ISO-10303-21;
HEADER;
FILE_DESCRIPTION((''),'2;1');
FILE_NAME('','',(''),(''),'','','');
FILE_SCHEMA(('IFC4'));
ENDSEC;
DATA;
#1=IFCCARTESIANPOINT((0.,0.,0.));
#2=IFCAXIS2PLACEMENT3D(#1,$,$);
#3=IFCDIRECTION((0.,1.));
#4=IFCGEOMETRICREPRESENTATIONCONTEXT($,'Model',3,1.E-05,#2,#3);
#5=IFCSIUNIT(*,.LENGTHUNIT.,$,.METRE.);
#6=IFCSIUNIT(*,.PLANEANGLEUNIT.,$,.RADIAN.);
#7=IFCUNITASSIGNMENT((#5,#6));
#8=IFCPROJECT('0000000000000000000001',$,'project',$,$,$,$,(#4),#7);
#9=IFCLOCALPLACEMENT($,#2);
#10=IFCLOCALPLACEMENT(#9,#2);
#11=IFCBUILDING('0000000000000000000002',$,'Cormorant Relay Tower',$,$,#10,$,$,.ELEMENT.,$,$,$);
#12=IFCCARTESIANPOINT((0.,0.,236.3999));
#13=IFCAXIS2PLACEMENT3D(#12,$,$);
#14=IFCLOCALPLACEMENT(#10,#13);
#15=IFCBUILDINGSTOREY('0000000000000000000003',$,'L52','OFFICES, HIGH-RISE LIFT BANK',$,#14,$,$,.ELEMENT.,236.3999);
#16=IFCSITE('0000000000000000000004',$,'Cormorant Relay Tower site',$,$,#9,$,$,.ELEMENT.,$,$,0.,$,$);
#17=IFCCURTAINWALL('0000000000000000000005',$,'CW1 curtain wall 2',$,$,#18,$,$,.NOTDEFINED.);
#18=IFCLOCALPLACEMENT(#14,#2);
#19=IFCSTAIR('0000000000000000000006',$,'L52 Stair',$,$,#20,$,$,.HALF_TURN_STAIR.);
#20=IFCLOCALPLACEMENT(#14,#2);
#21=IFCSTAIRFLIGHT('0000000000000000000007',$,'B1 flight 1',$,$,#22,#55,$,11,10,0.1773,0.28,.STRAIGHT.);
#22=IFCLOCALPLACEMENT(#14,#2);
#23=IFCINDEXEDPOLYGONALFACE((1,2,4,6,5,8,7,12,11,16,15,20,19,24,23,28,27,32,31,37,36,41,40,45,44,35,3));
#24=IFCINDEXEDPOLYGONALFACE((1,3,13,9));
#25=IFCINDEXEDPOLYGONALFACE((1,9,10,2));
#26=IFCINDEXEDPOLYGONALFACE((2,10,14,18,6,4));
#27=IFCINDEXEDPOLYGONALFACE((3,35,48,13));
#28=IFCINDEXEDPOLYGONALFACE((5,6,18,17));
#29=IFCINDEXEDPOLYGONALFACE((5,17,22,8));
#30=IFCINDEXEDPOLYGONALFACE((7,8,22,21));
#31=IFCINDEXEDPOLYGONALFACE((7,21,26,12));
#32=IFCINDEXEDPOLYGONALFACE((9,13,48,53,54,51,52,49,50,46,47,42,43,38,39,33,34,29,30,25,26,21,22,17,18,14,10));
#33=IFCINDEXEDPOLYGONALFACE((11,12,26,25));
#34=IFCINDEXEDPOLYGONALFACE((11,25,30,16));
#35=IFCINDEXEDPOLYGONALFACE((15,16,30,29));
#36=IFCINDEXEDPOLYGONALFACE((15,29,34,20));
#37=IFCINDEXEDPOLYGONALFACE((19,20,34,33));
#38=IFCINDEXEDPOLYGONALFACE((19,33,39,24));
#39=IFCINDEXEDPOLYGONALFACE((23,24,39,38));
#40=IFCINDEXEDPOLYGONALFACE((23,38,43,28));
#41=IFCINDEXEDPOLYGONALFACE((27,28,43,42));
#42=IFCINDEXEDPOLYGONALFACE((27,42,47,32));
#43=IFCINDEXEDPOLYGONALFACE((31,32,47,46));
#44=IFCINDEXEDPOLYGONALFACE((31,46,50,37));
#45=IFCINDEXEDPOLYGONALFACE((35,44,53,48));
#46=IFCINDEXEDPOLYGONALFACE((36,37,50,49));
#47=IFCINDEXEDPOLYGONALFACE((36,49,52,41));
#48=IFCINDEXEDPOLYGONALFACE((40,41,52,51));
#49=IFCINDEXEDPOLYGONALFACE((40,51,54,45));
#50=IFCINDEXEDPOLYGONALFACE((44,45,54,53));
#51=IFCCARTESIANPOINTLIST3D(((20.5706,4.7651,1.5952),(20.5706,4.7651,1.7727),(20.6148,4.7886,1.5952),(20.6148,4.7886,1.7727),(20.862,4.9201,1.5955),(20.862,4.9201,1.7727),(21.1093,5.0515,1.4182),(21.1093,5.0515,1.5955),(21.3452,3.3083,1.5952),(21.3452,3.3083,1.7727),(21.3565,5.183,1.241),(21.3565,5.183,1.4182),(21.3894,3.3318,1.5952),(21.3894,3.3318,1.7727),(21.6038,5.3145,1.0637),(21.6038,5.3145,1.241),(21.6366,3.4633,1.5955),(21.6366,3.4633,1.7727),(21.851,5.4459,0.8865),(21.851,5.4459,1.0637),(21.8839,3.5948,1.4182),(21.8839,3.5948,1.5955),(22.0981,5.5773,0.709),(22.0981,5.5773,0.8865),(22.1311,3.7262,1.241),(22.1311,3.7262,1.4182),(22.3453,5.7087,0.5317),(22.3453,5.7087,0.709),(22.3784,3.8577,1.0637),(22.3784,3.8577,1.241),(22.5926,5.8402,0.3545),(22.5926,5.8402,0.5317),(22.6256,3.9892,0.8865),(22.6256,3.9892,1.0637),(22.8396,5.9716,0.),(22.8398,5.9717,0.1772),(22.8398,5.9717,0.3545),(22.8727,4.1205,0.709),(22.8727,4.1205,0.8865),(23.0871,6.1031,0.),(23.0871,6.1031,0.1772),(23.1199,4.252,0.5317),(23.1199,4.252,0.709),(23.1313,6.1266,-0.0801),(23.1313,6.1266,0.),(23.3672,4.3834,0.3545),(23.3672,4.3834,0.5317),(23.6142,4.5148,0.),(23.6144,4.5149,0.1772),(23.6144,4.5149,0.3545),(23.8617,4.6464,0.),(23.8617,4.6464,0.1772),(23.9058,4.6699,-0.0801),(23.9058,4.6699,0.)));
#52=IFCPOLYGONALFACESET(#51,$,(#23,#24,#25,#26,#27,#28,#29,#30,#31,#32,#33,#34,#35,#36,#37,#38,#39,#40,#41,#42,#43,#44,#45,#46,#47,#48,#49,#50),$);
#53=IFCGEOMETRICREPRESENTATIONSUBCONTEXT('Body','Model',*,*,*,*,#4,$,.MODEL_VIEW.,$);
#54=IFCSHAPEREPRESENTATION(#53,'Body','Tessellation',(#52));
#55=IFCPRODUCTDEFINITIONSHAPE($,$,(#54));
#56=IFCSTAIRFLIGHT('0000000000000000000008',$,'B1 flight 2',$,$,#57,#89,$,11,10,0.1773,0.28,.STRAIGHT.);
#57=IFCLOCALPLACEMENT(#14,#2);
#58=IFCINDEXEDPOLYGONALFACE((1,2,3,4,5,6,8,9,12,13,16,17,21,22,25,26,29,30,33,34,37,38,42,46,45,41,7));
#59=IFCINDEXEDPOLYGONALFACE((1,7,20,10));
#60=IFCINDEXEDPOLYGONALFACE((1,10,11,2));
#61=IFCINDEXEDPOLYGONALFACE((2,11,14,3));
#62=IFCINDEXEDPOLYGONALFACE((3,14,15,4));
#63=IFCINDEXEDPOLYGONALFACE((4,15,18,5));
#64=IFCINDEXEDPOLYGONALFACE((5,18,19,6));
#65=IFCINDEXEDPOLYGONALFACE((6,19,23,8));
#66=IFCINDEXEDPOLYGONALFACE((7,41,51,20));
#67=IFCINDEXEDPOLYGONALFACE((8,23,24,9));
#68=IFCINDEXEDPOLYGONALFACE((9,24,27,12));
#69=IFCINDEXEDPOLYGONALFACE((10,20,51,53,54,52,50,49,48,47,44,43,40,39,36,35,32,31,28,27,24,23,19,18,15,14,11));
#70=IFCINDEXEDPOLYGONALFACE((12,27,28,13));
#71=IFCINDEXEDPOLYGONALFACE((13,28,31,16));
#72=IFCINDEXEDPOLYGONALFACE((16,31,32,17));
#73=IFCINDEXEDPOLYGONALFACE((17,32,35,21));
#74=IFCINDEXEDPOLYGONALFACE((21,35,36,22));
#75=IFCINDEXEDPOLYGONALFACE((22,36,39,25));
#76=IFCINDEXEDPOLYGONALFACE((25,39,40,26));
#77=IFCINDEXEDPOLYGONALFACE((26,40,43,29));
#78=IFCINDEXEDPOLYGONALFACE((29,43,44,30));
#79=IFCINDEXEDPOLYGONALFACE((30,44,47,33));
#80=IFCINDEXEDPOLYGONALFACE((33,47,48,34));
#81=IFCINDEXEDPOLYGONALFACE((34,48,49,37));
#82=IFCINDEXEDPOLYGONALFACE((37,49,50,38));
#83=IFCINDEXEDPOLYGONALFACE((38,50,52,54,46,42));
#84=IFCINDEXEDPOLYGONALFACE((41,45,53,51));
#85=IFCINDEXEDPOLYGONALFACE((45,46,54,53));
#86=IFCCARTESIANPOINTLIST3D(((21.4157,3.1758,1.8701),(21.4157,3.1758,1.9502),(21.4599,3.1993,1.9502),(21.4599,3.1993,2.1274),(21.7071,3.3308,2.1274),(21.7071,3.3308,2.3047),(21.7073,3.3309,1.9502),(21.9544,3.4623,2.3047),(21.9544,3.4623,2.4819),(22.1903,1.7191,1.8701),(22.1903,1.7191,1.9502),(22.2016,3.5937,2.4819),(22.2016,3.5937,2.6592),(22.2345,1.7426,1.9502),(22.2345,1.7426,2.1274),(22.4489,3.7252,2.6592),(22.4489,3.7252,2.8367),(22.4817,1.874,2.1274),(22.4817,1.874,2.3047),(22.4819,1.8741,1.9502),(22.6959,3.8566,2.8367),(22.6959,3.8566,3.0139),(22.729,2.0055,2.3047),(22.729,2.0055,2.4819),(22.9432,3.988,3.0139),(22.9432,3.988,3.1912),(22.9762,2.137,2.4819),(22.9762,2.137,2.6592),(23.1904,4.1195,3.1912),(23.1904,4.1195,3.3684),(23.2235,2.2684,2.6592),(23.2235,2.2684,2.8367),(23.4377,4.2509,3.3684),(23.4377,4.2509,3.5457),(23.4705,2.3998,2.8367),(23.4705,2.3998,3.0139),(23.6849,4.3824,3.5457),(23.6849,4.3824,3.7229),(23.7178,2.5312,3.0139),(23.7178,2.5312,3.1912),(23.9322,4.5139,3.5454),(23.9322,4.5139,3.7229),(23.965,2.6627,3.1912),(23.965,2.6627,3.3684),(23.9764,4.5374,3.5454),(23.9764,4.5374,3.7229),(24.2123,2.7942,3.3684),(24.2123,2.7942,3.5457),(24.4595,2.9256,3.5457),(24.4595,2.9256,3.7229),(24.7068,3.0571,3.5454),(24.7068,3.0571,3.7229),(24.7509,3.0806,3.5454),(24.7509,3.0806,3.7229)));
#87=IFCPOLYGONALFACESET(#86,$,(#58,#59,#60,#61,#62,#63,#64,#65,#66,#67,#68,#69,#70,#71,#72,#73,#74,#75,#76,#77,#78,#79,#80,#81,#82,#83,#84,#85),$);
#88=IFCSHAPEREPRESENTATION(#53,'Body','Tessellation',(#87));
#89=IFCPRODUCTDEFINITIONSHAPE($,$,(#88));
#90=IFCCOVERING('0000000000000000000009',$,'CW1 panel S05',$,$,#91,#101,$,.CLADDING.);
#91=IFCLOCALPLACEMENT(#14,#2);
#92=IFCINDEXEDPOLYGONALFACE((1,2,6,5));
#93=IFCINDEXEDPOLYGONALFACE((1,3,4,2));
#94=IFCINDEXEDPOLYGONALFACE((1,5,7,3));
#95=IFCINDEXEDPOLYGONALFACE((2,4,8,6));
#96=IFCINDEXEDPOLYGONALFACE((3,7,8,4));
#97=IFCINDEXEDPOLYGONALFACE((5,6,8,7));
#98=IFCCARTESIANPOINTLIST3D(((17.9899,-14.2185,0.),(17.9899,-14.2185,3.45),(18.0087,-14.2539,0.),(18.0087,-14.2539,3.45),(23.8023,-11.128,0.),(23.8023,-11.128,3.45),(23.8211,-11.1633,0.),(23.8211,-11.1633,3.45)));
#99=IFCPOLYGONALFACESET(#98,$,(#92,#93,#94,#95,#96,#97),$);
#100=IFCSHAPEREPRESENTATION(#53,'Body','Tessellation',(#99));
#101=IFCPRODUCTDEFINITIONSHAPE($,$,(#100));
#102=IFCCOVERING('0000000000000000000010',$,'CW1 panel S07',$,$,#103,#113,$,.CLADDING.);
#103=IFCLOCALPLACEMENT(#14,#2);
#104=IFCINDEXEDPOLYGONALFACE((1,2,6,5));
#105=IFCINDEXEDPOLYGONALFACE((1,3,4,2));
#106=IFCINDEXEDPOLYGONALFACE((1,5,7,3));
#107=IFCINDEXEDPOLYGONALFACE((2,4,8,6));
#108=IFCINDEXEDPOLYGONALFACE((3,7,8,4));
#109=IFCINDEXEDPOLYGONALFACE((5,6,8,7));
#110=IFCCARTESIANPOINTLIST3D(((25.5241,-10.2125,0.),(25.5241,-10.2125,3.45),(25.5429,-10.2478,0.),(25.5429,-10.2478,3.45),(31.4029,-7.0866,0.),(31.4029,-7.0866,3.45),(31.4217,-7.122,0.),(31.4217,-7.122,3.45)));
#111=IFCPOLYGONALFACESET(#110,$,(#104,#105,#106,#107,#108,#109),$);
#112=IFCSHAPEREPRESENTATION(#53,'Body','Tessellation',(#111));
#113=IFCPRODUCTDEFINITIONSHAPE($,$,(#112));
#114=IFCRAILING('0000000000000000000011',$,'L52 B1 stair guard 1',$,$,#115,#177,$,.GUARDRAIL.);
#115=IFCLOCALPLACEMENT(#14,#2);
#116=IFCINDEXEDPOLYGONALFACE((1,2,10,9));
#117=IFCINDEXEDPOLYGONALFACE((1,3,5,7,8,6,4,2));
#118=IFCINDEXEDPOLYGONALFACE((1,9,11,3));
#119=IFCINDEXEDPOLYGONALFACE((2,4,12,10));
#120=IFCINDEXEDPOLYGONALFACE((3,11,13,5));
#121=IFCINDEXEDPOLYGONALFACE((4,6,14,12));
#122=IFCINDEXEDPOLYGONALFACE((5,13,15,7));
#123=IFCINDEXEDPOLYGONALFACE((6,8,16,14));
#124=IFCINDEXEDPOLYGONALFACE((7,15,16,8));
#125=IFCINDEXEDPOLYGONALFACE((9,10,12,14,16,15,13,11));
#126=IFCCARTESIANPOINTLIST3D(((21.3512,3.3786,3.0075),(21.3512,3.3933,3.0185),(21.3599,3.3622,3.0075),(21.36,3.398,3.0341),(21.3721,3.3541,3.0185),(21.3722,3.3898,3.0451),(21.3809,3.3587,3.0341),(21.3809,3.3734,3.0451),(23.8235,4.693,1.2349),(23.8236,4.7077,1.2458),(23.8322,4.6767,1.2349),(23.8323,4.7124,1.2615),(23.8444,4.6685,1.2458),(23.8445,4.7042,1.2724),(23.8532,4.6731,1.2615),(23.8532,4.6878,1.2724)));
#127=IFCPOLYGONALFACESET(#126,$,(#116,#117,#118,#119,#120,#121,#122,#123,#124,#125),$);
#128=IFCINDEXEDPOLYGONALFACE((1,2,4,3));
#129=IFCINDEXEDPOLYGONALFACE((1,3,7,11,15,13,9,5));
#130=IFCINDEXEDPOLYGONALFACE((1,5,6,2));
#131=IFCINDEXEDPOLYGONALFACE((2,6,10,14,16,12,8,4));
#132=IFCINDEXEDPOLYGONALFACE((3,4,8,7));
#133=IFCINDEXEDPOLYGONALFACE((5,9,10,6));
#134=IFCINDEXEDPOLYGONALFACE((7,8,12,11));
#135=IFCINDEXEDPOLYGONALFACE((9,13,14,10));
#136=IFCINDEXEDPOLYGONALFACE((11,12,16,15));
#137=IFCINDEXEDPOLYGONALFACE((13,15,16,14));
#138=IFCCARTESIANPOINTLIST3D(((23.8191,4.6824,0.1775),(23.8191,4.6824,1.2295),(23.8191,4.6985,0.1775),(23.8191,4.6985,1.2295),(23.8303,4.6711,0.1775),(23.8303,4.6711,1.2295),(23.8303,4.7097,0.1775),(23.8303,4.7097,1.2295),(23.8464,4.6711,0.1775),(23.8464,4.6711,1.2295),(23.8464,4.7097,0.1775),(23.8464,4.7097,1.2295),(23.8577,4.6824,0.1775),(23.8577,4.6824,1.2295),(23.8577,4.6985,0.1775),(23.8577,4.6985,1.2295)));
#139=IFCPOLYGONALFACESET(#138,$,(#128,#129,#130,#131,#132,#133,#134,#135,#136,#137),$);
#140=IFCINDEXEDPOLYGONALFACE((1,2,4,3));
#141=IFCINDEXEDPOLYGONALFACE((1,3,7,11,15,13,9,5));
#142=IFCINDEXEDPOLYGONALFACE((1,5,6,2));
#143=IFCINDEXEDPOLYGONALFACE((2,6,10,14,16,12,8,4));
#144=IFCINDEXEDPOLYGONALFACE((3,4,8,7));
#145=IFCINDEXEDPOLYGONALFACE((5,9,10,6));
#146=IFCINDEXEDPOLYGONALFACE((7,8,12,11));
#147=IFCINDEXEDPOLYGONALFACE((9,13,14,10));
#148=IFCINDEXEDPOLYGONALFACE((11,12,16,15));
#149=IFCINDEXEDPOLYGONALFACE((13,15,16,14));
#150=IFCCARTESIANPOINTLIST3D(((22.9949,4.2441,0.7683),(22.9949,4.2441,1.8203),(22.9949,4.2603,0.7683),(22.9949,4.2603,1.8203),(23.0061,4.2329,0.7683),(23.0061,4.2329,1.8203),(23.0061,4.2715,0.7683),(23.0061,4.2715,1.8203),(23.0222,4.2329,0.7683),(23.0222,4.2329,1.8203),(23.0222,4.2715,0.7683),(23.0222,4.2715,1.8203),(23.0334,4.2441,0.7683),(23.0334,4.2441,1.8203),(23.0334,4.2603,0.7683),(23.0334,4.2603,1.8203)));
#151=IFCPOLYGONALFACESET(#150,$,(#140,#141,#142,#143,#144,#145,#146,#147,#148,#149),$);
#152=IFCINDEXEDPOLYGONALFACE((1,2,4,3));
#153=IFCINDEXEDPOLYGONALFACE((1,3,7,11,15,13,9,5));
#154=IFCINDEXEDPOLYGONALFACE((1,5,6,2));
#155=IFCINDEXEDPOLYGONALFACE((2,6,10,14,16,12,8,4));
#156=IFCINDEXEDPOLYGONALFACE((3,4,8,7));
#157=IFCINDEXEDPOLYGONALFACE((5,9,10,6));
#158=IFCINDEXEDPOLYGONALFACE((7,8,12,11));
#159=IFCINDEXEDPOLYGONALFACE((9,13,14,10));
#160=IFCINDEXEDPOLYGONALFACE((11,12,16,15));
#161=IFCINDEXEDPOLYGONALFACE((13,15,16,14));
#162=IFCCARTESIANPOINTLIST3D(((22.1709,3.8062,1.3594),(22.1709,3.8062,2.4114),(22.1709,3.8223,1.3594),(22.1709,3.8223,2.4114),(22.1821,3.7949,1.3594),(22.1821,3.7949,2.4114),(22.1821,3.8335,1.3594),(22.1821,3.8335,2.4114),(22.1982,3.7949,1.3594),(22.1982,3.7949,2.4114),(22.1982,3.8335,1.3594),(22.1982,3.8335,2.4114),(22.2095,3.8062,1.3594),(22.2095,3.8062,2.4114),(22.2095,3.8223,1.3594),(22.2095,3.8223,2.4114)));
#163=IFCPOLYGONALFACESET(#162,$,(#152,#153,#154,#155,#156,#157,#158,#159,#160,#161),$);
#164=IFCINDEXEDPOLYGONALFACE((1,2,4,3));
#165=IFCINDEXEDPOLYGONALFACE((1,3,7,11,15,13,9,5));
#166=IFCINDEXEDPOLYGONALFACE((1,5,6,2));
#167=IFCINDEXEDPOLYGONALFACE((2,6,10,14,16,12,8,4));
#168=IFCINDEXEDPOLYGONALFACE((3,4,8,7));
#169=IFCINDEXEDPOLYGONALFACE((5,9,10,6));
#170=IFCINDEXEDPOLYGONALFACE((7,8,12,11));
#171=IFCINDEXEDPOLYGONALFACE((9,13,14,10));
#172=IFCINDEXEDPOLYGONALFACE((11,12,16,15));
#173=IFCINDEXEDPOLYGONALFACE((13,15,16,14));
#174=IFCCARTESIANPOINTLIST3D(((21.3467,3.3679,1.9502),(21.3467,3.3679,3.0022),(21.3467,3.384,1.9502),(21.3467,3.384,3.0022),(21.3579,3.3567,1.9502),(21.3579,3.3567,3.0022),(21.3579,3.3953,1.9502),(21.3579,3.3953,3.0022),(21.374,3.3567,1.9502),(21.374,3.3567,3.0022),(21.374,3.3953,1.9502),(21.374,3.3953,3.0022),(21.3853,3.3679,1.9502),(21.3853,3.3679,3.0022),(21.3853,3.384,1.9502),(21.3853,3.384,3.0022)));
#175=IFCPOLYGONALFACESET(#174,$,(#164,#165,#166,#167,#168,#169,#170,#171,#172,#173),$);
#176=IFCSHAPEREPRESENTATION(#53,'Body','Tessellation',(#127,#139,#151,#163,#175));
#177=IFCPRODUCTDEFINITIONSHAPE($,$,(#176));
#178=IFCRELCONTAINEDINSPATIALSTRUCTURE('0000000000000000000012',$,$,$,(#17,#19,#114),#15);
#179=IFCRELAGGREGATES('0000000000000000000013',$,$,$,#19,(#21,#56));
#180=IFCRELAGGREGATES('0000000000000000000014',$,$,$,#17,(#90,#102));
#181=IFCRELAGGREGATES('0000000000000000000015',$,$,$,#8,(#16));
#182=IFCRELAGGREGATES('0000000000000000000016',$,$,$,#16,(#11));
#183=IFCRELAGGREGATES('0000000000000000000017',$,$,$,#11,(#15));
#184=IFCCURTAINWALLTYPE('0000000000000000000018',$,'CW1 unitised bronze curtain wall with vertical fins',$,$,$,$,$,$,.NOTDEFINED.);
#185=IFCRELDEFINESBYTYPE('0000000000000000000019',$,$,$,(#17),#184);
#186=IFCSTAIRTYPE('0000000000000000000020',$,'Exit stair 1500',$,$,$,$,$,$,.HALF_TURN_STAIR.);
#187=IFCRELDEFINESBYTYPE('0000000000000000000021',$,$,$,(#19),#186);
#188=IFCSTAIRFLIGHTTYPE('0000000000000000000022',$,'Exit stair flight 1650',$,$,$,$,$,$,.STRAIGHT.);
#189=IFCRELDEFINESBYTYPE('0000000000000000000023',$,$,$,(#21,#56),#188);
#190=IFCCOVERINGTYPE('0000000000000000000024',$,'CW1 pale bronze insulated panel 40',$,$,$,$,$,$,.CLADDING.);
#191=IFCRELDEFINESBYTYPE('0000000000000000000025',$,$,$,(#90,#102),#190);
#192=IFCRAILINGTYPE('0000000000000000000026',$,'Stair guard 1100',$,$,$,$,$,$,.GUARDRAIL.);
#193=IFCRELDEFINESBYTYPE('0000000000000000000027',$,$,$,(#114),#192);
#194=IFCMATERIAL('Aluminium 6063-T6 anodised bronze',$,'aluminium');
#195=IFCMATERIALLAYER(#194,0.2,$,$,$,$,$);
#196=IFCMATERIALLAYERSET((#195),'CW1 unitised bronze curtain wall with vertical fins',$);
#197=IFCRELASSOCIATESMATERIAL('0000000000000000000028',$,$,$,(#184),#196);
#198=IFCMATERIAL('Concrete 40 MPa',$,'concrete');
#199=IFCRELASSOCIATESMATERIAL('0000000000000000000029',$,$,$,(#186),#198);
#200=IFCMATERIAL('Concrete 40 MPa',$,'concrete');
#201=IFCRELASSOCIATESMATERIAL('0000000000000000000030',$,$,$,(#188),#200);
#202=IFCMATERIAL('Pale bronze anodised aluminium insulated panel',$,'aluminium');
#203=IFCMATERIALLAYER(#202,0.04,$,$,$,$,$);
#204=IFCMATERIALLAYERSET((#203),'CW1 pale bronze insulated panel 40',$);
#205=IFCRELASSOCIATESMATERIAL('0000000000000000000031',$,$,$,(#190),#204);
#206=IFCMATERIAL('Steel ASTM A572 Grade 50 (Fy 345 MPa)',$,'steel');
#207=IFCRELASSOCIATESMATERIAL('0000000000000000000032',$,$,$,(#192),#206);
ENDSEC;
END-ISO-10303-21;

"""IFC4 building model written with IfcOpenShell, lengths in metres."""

from ifc_helpers import new_model, si_unit, direction, frame, origin, origin_2d, place, context, subcontext, project, spatial, polyline, rectangle, outline, extrude, material, layer, layer_set, type_object, element, aggregate, save


model = new_model("IFC4")

# Units and contexts
model_context = context("Model", 3, precision=1e-05, world=origin(), true_north=direction((0.0, 1.0)))
body_context = subcontext(model_context, "Body", "Model", "MODEL_VIEW")
ifc_project = project(units=[si_unit("LENGTHUNIT", "METRE"), si_unit("PLANEANGLEUNIT", "RADIAN")], contexts=[model_context])

# Site, building, storey
site_placement = place(None, origin())
site = spatial("IfcSite", under=ifc_project, at=site_placement, Name="Cormorant Relay Tower site", CompositionType="ELEMENT", RefElevation=0.0)
building_placement = place(site_placement, origin())
building = spatial("IfcBuilding", under=site, at=building_placement, Name="Cormorant Relay Tower", CompositionType="ELEMENT")
storey_placement = place(building_placement, frame((0.0, 0.0, 236.3999)))
storey = spatial("IfcBuildingStorey", under=building, at=storey_placement, Name="L52", Description="OFFICES, HIGH-RISE LIFT BANK", CompositionType="ELEMENT", Elevation=236.3999)

# Curtain wall
ifc_material_1 = material(Name="Aluminium 6063-T6 anodised bronze", Category="aluminium")
ifc_layer_1 = layer(ifc_material_1, 0.2)
ifc_layer_set_1 = layer_set([ifc_layer_1], Name="CW1 unitised bronze curtain wall with vertical fins")
curtain_wall_type = type_object("IfcCurtainWallType", Name="CW1 unitised bronze curtain wall with vertical fins", PredefinedType="NOTDEFINED", material=ifc_layer_set_1)
curtain_wall_placement = place(storey_placement, origin())
curtain_wall = element("IfcCurtainWall", 1, at=curtain_wall_placement, inside=storey, type_object=curtain_wall_type, Name="CW1 curtain wall 2", PredefinedType="NOTDEFINED")

# Stair, stair flights
ifc_material_2 = material(Name="Concrete 40 MPa", Category="concrete")
stair_type = type_object("IfcStairType", Name="Exit stair 1500", PredefinedType="HALF_TURN_STAIR", material=ifc_material_2)
stair_placement = place(storey_placement, origin())
stair = element("IfcStair", 2, at=stair_placement, inside=storey, type_object=stair_type, Name="L52 Stair", PredefinedType="HALF_TURN_STAIR")
ifc_material_3 = material(Name="Concrete 40 MPa", Category="concrete")
stair_flight_type = type_object("IfcStairFlightType", Name="Exit stair flight 1650", PredefinedType="STRAIGHT", material=ifc_material_3)
stair_flight_1_placement = place(storey_placement, frame((23.4744, 5.3748, 0.0), z_axis=(0.0, 0.0, 1.0), x_axis=(-0.882948, -0.469472, 0.0)))
stair_flight_1 = element("IfcStairFlight", 3, at=stair_flight_1_placement, type_object=stair_flight_type, Name="B1 flight 1", NumberOfRisers=11, NumberOfTreads=10, PredefinedType="STRAIGHT", RiserHeight=0.1773, TreadLength=0.28, context=body_context, shape_type="SweptSolid", body=[
    extrude(outline(polyline([(-0.05, -0.0801), (-0.05, 0.0), (0.0, 0.0), (0.0, 0.1772), (0.28, 0.1772), (0.28, 0.3545), (0.5601, 0.3545), (0.5601, 0.5317), (0.8401, 0.5317), (0.8401, 0.709), (1.1201, 0.709), (1.1201, 0.8865), (1.3999, 0.8865), (1.3999, 1.0637), (1.6799, 1.0637), (1.6799, 1.241), (1.96, 1.241), (1.96, 1.4182), (2.24, 1.4182), (2.24, 1.5955), (2.52, 1.5955), (2.52, 1.7727), (2.8, 1.7727), (2.8501, 1.7727), (2.8501, 1.5952), (2.8, 1.5952), (0.2803, 0.0), (-0.05, -0.0801)])), frame((0.0, 0.825, 0.0), z_axis=(0.0, -1.0, 0.0), x_axis=(1.0, 0.0, 0.0)), (0.0, 0.0, 1.0), 1.6499),
])
stair_flight_2_placement = place(storey_placement, frame((21.8472, 2.4709, 1.9502), z_axis=(0.0, 0.0, 1.0), x_axis=(0.882948, 0.469472, 0.0)))
stair_flight_2 = element("IfcStairFlight", 4, at=stair_flight_2_placement, type_object=stair_flight_type, Name="B1 flight 2", NumberOfRisers=11, NumberOfTreads=10, PredefinedType="STRAIGHT", RiserHeight=0.1773, TreadLength=0.28, context=body_context, shape_type="SweptSolid", body=[
    extrude(outline(polyline([(-0.05, -0.0801), (-0.05, 0.0), (0.0, 0.0), (0.0, 0.1772), (0.28, 0.1772), (0.28, 0.3545), (0.5601, 0.3545), (0.5601, 0.5317), (0.8401, 0.5317), (0.8401, 0.709), (1.1201, 0.709), (1.1201, 0.8865), (1.3999, 0.8865), (1.3999, 1.0637), (1.6799, 1.0637), (1.6799, 1.241), (1.96, 1.241), (1.96, 1.4182), (2.24, 1.4182), (2.24, 1.5955), (2.52, 1.5955), (2.52, 1.7727), (2.8, 1.7727), (2.8501, 1.7727), (2.8501, 1.5952), (2.8, 1.5952), (0.2803, 0.0), (-0.05, -0.0801)])), frame((0.0, 0.825, 0.0), z_axis=(0.0, -1.0, 0.0), x_axis=(1.0, 0.0, 0.0)), (0.0, 0.0, 1.0), 1.6499),
])
aggregate(stair, [stair_flight_1, stair_flight_2])

# Coverings
ifc_material_4 = material(Name="Pale bronze anodised aluminium insulated panel", Category="aluminium")
ifc_layer_2 = layer(ifc_material_4, 0.04)
ifc_layer_set_2 = layer_set([ifc_layer_2], Name="CW1 pale bronze insulated panel 40")
covering_type = type_object("IfcCoveringType", Name="CW1 pale bronze insulated panel 40", PredefinedType="CLADDING", material=ifc_layer_set_2)
covering_1_placement = place(storey_placement, frame((20.9055, -12.6909, 0.0), z_axis=(0.0, 0.0, 1.0), x_axis=(0.882948, 0.469472, 0.0)))
covering_1 = element("IfcCovering", 5, at=covering_1_placement, type_object=covering_type, Name="CW1 panel S05", PredefinedType="CLADDING", context=body_context, shape_type="SweptSolid", body=[
    extrude(rectangle(XDim=6.583, YDim=0.04, at=origin_2d()), origin(), (0.0, 0.0, 1.0), 3.45),
])
covering_2_placement = place(storey_placement, frame((28.4729, -8.6672, 0.0), z_axis=(0.0, 0.0, 1.0), x_axis=(0.882948, 0.469472, 0.0)))
covering_2 = element("IfcCovering", 6, at=covering_2_placement, type_object=covering_type, Name="CW1 panel S07", PredefinedType="CLADDING", context=body_context, shape_type="SweptSolid", body=[
    extrude(rectangle(XDim=6.6582, YDim=0.04, at=origin_2d()), origin(), (0.0, 0.0, 1.0), 3.45),
])
aggregate(curtain_wall, [covering_1, covering_2])

# Railing
ifc_material_5 = material(Name="Steel ASTM A572 Grade 50 (Fy 345 MPa)", Category="steel")
railing_type_1 = type_object("IfcRailingType", Name="Stair guard 1100", PredefinedType="GUARDRAIL", material=ifc_material_5)
railing_1_placement = place(storey_placement, frame((23.8384, 4.6904, 0.1775)))
element("IfcRailing", 7, at=railing_1_placement, inside=storey, type_object=railing_type_1, Name="L52 B1 stair guard 1", PredefinedType="GUARDRAIL", context=body_context, shape_type="SweptSolid", body=[
    extrude(outline(polyline([(0.0222, 0.0093), (0.0093, 0.0222), (-0.0093, 0.0222), (-0.0222, 0.0093), (-0.0222, -0.0093), (-0.0093, -0.0222), (0.0093, -0.0222), (0.0222, -0.0093), (0.0222, 0.0093)])), frame((0.0, 0.0, 1.0762), z_axis=(-0.746034, -0.396627, 0.534902), x_axis=(0.469429, -0.88297, 0.0)), (0.0, 0.0, 1.0), 3.314),
    extrude(outline(polyline([(0.0193, 0.0081), (0.0081, 0.0193), (-0.0081, 0.0193), (-0.0193, 0.0081), (-0.0193, -0.0081), (-0.0081, -0.0193), (0.0081, -0.0193), (0.0193, -0.0081), (0.0193, 0.0081)])), origin(), (0.0, 0.0, 1.0), 1.052),
    extrude(outline(polyline([(0.0193, 0.0081), (0.0081, 0.0193), (-0.0081, 0.0193), (-0.0193, 0.0081), (-0.0193, -0.0081), (-0.0081, -0.0193), (0.0081, -0.0193), (0.0193, -0.0081), (0.0193, 0.0081)])), frame((-0.8242, -0.4382, 0.5908)), (0.0, 0.0, 1.0), 1.052),
    extrude(outline(polyline([(0.0193, 0.0081), (0.0081, 0.0193), (-0.0081, 0.0193), (-0.0193, 0.0081), (-0.0193, -0.0081), (-0.0081, -0.0193), (0.0081, -0.0193), (0.0193, -0.0081), (0.0193, 0.0081)])), frame((-1.6482, -0.8762, 1.1819)), (0.0, 0.0, 1.0), 1.052),
    extrude(outline(polyline([(0.0193, 0.0081), (0.0081, 0.0193), (-0.0081, 0.0193), (-0.0193, 0.0081), (-0.0193, -0.0081), (-0.0081, -0.0193), (0.0081, -0.0193), (0.0193, -0.0081), (0.0193, 0.0081)])), frame((-2.4724, -1.3145, 1.7727)), (0.0, 0.0, 1.0), 1.052),
])

save(model, "model.ifc")
